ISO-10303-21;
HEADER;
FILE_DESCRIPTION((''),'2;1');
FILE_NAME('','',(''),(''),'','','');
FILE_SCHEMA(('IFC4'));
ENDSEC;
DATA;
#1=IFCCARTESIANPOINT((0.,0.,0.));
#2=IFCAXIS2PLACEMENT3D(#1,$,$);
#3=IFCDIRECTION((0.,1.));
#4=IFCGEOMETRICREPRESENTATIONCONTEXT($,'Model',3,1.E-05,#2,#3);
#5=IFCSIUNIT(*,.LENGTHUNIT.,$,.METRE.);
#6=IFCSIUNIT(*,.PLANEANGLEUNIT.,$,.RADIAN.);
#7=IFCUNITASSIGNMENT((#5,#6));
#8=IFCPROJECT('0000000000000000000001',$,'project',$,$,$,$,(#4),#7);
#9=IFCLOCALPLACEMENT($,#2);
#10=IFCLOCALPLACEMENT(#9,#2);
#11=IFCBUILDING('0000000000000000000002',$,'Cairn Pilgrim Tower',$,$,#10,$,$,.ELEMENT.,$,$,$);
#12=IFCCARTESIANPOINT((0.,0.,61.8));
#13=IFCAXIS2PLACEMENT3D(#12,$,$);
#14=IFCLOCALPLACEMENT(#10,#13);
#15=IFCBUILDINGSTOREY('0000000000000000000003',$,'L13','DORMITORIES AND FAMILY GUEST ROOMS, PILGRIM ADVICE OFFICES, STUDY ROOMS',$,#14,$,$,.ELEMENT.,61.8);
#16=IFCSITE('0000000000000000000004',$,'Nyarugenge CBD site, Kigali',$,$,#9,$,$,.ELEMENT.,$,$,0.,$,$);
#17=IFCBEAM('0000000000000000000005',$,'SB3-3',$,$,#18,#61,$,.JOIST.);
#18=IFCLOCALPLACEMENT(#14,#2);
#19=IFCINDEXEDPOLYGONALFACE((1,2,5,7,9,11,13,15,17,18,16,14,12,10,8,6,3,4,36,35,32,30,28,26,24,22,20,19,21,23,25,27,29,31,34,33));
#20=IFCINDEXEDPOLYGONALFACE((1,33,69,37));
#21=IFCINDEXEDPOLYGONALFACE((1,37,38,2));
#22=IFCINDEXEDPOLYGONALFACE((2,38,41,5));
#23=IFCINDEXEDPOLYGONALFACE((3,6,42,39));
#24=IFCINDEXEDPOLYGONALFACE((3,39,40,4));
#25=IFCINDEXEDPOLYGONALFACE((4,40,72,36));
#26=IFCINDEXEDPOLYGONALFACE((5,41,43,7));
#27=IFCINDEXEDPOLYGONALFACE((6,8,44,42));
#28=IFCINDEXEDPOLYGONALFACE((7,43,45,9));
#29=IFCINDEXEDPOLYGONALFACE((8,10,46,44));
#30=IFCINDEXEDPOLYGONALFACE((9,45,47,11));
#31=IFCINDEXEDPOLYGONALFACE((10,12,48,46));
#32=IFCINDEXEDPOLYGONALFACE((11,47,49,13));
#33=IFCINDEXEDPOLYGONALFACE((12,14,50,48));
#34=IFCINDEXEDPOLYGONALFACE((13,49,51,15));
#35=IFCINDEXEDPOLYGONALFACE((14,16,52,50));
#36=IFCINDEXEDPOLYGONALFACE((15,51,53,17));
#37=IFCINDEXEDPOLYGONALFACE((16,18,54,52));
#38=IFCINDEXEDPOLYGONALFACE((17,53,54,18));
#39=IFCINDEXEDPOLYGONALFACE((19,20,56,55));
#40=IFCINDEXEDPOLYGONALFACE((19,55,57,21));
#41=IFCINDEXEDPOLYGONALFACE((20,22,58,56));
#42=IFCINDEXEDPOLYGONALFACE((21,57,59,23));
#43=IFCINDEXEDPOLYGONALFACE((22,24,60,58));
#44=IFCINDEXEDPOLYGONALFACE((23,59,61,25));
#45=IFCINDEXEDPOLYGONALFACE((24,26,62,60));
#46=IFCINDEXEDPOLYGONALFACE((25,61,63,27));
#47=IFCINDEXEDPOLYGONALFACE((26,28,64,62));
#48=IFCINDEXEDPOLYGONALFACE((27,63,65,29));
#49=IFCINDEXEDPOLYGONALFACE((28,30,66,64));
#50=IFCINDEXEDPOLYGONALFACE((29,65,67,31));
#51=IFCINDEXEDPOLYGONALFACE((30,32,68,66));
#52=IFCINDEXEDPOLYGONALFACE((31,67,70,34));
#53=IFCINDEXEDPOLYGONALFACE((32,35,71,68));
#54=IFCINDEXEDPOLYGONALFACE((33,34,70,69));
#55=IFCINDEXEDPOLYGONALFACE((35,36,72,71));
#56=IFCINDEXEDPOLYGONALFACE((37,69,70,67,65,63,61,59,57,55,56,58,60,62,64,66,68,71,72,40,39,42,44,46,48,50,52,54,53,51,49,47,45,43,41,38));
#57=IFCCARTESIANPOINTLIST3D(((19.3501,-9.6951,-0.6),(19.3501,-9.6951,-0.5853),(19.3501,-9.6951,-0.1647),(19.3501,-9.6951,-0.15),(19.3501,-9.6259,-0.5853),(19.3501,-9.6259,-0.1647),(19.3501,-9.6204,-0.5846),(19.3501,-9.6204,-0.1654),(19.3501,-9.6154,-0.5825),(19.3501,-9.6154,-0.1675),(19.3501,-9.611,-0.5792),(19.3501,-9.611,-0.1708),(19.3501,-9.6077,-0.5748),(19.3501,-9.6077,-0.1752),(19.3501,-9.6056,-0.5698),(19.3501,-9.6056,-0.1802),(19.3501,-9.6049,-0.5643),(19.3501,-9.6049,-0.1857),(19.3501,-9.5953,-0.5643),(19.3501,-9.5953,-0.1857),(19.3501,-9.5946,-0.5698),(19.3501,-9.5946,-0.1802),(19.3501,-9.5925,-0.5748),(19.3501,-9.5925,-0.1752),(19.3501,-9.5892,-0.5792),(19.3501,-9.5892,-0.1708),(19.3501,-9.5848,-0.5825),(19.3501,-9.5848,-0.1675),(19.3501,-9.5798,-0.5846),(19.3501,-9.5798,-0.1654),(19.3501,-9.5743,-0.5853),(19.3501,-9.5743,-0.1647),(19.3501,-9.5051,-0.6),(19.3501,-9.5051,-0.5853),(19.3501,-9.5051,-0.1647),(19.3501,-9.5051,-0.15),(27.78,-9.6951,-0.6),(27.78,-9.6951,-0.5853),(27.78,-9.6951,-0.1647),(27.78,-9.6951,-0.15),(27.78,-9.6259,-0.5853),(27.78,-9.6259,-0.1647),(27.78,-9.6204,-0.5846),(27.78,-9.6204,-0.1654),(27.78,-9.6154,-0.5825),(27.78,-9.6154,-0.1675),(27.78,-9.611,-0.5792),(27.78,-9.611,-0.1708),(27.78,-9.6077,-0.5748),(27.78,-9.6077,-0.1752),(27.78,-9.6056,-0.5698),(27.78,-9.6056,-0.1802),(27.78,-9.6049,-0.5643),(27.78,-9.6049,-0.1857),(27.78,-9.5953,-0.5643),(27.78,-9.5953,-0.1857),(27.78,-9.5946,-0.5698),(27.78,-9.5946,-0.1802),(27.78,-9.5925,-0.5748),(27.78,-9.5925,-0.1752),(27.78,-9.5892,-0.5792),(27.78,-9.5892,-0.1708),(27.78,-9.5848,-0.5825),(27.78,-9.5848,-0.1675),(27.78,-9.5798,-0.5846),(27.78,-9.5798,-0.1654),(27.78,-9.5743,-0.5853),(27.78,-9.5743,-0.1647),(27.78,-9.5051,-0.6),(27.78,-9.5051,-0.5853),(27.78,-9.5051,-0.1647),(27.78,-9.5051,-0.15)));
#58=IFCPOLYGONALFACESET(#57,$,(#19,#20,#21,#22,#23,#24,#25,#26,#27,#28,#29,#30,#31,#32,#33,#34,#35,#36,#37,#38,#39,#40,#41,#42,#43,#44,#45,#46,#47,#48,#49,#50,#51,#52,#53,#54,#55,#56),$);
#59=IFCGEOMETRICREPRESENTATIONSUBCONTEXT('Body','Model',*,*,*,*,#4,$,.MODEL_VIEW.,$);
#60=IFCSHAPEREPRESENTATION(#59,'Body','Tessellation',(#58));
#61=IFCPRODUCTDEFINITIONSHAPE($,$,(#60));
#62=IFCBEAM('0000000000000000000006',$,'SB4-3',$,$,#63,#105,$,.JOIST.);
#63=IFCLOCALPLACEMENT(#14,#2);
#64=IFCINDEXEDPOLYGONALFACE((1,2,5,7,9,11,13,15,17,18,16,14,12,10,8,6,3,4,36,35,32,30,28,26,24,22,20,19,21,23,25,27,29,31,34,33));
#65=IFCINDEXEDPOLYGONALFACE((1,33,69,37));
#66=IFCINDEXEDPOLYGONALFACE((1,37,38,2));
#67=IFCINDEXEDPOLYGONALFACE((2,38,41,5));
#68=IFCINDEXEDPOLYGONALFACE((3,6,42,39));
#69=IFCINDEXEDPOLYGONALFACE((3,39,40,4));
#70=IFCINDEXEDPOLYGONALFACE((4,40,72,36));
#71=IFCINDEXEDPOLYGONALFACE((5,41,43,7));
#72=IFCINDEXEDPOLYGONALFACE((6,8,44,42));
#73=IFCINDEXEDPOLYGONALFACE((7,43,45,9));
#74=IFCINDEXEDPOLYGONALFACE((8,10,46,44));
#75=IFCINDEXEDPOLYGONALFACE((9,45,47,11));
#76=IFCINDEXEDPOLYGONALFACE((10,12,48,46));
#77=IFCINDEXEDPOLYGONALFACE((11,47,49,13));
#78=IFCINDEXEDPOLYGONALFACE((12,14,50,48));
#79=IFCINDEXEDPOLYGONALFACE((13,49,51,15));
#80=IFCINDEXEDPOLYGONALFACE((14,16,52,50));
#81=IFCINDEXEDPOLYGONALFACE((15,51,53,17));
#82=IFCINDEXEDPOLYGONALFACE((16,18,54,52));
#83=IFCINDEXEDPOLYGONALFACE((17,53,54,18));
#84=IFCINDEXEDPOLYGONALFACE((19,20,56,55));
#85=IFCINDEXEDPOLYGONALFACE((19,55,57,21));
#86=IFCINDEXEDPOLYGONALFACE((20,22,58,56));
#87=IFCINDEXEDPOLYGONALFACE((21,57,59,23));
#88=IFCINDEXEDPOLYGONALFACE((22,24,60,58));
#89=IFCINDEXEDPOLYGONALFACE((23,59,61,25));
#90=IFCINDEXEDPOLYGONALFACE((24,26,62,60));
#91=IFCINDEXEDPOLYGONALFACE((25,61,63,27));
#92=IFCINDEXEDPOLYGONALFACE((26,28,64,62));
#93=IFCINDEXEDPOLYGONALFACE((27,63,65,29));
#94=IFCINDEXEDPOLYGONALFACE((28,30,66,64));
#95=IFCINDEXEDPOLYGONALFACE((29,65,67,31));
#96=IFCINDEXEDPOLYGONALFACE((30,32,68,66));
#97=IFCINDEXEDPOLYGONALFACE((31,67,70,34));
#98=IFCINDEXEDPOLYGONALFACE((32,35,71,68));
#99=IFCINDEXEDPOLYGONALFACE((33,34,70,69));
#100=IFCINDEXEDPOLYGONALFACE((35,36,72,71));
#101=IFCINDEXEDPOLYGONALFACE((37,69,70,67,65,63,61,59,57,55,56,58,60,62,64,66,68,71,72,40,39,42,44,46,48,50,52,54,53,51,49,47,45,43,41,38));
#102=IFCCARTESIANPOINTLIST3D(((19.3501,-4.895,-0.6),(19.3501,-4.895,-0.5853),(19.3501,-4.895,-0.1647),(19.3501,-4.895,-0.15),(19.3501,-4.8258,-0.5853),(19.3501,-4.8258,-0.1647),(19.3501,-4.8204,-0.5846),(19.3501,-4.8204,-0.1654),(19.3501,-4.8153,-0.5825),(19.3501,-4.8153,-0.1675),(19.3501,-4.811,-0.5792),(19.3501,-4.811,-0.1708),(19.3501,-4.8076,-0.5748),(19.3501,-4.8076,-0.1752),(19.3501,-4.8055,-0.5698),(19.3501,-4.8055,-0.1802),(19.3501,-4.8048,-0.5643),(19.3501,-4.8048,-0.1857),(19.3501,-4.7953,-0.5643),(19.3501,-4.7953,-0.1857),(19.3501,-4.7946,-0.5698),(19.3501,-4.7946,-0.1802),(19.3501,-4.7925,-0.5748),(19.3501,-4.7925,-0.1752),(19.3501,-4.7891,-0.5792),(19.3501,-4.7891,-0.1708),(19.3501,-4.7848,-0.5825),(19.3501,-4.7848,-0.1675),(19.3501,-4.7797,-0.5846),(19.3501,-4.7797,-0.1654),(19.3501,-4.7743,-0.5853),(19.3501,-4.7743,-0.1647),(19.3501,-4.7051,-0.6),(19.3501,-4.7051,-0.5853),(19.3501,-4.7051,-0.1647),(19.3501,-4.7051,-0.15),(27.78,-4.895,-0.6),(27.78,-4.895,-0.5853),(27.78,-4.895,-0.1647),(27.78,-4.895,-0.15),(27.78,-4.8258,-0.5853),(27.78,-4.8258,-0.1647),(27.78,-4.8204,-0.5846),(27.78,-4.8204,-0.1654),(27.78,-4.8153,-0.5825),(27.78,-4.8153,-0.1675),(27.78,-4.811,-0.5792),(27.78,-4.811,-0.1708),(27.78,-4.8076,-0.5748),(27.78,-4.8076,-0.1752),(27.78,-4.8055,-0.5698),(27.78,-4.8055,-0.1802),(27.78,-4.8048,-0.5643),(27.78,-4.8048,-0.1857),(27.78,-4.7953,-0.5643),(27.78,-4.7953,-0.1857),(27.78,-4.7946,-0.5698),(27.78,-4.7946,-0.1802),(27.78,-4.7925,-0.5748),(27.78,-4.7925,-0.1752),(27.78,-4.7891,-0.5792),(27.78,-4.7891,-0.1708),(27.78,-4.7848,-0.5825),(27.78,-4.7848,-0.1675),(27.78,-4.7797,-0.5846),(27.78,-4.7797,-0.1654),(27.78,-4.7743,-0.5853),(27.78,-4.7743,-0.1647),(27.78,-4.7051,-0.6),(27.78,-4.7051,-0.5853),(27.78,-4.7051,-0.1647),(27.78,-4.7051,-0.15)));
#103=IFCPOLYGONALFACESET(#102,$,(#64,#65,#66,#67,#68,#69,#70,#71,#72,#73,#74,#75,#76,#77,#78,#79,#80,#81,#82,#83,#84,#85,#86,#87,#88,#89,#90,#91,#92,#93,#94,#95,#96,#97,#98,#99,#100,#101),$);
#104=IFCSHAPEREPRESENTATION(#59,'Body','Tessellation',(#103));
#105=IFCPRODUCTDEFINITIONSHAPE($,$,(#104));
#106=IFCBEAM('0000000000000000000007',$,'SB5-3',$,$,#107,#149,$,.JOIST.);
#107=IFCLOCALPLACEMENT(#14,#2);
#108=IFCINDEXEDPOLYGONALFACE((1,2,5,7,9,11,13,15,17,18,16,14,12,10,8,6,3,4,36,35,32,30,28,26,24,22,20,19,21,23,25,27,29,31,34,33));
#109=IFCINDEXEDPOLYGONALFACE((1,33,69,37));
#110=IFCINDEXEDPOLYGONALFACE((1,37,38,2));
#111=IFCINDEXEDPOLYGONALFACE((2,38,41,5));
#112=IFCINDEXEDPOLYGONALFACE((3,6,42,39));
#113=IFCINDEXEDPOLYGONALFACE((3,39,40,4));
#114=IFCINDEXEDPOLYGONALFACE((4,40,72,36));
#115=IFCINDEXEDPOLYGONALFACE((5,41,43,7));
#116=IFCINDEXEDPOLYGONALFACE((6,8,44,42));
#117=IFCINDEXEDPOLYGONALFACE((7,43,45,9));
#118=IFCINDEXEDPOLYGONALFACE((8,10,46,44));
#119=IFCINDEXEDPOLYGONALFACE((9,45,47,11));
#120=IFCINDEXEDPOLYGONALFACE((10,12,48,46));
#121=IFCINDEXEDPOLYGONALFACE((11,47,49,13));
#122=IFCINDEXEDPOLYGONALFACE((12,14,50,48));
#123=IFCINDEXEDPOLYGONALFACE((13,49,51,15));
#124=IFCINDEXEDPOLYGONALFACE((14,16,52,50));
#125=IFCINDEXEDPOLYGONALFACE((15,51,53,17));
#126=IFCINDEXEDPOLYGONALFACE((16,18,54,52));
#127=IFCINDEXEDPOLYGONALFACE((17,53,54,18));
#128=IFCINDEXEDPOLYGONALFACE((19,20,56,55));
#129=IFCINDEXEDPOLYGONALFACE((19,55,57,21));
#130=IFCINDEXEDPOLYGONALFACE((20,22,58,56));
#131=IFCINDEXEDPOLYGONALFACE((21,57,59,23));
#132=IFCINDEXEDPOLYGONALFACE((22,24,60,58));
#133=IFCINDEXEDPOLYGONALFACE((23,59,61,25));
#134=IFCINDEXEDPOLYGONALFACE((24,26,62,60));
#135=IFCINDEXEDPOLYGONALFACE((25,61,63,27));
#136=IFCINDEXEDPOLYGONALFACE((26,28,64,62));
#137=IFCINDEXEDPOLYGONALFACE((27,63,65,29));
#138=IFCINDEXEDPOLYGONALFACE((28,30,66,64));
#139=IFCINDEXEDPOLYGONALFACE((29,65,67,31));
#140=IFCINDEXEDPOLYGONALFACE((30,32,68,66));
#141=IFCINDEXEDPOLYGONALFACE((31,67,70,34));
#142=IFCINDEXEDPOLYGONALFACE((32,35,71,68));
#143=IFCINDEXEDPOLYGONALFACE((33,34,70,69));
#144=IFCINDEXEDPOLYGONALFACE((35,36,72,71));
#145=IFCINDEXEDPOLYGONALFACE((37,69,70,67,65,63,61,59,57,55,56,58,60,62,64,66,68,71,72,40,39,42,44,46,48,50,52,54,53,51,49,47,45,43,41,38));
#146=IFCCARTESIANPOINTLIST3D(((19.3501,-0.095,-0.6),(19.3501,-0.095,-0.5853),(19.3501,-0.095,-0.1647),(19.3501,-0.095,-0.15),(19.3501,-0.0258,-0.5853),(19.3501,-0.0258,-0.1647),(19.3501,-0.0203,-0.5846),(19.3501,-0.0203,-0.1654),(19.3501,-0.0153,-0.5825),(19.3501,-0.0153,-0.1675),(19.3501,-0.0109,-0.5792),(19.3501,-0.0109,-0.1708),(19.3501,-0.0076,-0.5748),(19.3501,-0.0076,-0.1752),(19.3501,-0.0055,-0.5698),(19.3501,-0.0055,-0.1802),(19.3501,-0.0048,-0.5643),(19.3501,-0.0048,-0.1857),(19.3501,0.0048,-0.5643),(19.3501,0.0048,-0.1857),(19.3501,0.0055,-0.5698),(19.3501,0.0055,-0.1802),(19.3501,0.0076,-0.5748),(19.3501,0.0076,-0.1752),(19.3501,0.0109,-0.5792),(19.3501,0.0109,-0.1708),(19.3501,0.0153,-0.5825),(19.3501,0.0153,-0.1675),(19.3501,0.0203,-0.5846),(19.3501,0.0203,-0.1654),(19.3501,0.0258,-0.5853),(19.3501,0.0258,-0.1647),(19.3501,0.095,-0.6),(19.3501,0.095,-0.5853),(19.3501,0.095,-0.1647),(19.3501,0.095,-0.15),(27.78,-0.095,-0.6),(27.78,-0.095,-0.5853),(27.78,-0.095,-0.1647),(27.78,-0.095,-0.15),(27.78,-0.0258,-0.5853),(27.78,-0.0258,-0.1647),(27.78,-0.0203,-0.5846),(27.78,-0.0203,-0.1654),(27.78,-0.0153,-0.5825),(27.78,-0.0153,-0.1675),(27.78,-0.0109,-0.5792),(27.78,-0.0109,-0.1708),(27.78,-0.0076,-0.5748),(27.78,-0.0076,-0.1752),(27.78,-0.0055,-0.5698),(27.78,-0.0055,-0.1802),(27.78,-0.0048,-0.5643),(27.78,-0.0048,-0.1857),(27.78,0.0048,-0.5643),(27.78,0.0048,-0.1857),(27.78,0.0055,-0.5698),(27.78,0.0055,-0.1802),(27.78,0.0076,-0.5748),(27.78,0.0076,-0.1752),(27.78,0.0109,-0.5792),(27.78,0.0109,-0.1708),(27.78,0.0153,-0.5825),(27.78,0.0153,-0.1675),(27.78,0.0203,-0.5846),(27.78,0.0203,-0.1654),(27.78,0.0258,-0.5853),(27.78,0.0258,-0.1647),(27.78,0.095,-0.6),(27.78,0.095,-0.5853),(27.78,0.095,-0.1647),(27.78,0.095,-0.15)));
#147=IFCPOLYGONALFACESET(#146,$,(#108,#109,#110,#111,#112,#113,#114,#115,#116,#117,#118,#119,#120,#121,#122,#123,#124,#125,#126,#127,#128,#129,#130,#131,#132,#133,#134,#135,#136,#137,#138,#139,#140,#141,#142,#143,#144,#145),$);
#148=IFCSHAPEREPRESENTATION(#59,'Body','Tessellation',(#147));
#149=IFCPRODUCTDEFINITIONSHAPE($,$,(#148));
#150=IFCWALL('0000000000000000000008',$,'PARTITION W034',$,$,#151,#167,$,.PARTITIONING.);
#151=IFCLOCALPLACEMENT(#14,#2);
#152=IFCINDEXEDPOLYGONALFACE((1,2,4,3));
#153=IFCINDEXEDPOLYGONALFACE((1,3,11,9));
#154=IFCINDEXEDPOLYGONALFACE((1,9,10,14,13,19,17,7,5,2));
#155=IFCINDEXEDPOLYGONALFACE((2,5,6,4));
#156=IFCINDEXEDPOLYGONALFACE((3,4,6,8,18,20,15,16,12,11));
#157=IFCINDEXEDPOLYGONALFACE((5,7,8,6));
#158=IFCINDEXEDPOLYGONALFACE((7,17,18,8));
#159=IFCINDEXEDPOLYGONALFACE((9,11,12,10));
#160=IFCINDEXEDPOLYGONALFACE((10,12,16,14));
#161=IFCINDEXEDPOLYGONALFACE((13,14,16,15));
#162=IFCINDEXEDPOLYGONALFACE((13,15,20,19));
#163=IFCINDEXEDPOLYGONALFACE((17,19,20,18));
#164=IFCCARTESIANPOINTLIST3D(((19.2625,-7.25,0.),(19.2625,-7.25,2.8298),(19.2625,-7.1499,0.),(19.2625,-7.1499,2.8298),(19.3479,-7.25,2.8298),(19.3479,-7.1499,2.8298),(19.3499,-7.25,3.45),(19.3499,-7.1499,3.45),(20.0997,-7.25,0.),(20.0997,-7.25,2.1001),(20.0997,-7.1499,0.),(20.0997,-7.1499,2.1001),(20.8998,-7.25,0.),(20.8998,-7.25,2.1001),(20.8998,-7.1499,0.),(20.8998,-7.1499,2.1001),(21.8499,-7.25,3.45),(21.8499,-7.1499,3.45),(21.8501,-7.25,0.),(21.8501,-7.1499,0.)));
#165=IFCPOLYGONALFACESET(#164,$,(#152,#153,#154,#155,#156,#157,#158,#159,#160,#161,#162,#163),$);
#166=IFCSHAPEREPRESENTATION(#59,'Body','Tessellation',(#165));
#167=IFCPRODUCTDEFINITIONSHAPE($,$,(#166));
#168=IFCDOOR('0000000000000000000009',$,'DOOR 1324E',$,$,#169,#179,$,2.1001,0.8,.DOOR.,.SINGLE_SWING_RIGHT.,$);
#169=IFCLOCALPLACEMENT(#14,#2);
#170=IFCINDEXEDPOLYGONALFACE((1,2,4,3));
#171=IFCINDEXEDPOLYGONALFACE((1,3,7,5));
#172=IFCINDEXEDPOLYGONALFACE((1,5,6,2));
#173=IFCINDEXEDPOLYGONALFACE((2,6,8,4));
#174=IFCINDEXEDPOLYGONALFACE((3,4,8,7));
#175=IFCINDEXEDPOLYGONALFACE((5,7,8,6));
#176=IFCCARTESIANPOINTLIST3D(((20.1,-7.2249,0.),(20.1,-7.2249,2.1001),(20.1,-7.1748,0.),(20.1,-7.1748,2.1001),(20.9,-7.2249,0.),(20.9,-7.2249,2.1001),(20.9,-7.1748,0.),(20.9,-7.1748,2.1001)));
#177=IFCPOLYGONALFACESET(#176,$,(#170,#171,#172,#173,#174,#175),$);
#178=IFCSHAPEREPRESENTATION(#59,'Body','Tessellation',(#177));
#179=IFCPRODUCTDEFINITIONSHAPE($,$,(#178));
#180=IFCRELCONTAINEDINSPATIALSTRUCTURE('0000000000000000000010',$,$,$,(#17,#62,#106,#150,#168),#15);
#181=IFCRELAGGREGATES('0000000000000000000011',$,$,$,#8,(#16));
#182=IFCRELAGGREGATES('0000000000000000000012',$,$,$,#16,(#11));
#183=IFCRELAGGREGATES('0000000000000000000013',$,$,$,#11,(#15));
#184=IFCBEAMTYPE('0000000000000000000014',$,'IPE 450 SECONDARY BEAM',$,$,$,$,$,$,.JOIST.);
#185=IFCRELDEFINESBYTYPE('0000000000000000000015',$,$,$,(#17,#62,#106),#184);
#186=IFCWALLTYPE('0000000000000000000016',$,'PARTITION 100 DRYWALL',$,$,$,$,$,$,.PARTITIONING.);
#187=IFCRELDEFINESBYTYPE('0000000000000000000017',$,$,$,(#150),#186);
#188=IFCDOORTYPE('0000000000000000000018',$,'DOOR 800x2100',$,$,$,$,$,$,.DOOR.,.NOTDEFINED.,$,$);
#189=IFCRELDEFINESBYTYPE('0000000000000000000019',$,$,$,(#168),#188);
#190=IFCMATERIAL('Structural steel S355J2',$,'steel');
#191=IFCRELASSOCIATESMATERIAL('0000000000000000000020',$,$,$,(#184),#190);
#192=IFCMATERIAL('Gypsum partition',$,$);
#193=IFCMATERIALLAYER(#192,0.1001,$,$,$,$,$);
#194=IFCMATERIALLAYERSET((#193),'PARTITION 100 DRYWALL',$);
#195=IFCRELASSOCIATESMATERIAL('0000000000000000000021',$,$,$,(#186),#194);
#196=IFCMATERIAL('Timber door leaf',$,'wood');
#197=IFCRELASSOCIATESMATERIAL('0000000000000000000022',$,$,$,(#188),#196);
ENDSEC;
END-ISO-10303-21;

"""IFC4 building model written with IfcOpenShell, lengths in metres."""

from ifc_helpers import new_model, si_unit, direction, frame, frame_2d, origin, origin_2d, place, context, subcontext, project, spatial, polyline, rectangle, i_section, outline, extrude, material, layer, layer_set, material_profile, profile_set, type_object, element, fill, save


model = new_model("IFC4")

# Units and contexts
model_context = context("Model", 3, precision=1e-05, world=origin(), true_north=direction((0.0, 1.0)))
body_context = subcontext(model_context, "Body", "Model", "MODEL_VIEW")
ifc_project = project(units=[si_unit("LENGTHUNIT", "METRE"), si_unit("PLANEANGLEUNIT", "RADIAN")], contexts=[model_context])

# Site, building, storey
site_placement = place(None, origin())
site = spatial("IfcSite", under=ifc_project, at=site_placement, Name="Nyarugenge CBD site, Kigali", CompositionType="ELEMENT", RefElevation=0.0)
building_placement = place(site_placement, origin())
building = spatial("IfcBuilding", under=site, at=building_placement, Name="Cairn Pilgrim Tower", CompositionType="ELEMENT")
storey_placement = place(building_placement, frame((0.0, 0.0, 61.8)))
storey = spatial("IfcBuildingStorey", under=building, at=storey_placement, Name="L13", Description="DORMITORIES AND FAMILY GUEST ROOMS, PILGRIM ADVICE OFFICES, STUDY ROOMS", CompositionType="ELEMENT", Elevation=61.8)

# Beams
ifc_material_1 = material(Name="Structural steel S355J2", Category="steel")
ifc_material_profile_1 = material_profile(ifc_material_1, i_section(OverallWidth=0.1899, OverallDepth=0.45, WebThickness=0.0095, FlangeThickness=0.0146, FilletRadius=0.021, at=origin_2d()), Name="IPE 450")
ifc_profile_set_1 = profile_set([ifc_material_profile_1], Name="Structural steel S355J2")
beam_type_1 = type_object("IfcBeamType", Name="IPE 450 SECONDARY BEAM", PredefinedType="JOIST", material=ifc_profile_set_1)
for number, where, z_axis, x_axis, name in (
    (1, (19.3501, -9.6001, -0.375), (1.0, 0.0, 0.0), (0.0, 1.0, 0.0), "SB3-3"),
    (2, (19.3501, -4.8, -0.375), (1.0, 0.0, 0.0), (0.0, 1.0, 0.0), "SB4-3"),
    (3, (19.3501, 0.0, -0.375), (1.0, 0.0, 0.0), (0.0, 1.0, 0.0), "SB5-3"),
):
    element("IfcBeam", number, at=place(storey_placement, frame(where, z_axis=z_axis, x_axis=x_axis)), inside=storey, type_object=beam_type_1, Name=name, PredefinedType="JOIST", context=body_context, shape_type="SweptSolid", body=[
        extrude(i_section(OverallWidth=0.1899, OverallDepth=0.45, WebThickness=0.0095, FlangeThickness=0.0146, FilletRadius=0.021, at=origin_2d()), origin(), (0.0, 0.0, 1.0), 8.4299),
    ])

# Wall, opening, door
ifc_material_2 = material(Name="Gypsum partition")
ifc_layer_1 = layer(ifc_material_2, 0.1001)
ifc_layer_set_1 = layer_set([ifc_layer_1], Name="PARTITION 100 DRYWALL")
wall_type_1 = type_object("IfcWallType", Name="PARTITION 100 DRYWALL", PredefinedType="PARTITIONING", material=ifc_layer_set_1)
wall_1_placement = place(storey_placement, frame((19.2625, -7.2, 0.0), z_axis=(0.0, 0.0, 1.0), x_axis=(1.0, 0.0, 0.0)))
wall_1 = element("IfcWall", 4, at=wall_1_placement, inside=storey, type_object=wall_type_1, Name="PARTITION W034", PredefinedType="PARTITIONING", context=body_context, shape_type="SweptSolid", body=[
    extrude(outline(polyline([(0.0, 0.0), (2.5876, 0.0), (2.5874, 3.45), (0.0874, 3.45), (0.0854, 2.8298), (0.0, 2.8298), (0.0, 0.0)])), frame((0.0, 0.05, 0.0), z_axis=(0.0, -1.0, 0.0), x_axis=(1.0, 0.0, 0.0)), (0.0, 0.0, 1.0), 0.1001),
])
opening_1_placement = place(wall_1_placement, frame((0.8374, 0.0, 0.0)))
opening_1 = element("IfcOpeningElement", 5, at=opening_1_placement, cuts=wall_1, PredefinedType="OPENING", context=body_context, shape_type="SweptSolid", body=[
    extrude(rectangle(XDim=0.8, YDim=2.1001, at=frame_2d((0.3999, 1.05))), frame((0.0, 0.0601, 0.0), z_axis=(0.0, -1.0, 0.0), x_axis=(1.0, 0.0, 0.0)), (0.0, 0.0, 1.0), 0.1201),
])
ifc_material_3 = material(Name="Timber door leaf", Category="wood")
door_type_1 = type_object("IfcDoorType", Name="DOOR 800x2100", OperationType="NOTDEFINED", PredefinedType="DOOR", material=ifc_material_3)
door_1_placement = place(opening_1_placement, frame((0.8, 0.0, 0.0), z_axis=(0.0, 0.0, 1.0), x_axis=(-1.0, 0.0, 0.0)))
door_1 = element("IfcDoor", 6, at=door_1_placement, inside=storey, type_object=door_type_1, Name="DOOR 1324E", OperationType="SINGLE_SWING_RIGHT", OverallHeight=2.1001, OverallWidth=0.8, PredefinedType="DOOR", context=body_context, shape_type="SweptSolid", body=[
    extrude(rectangle(XDim=0.8, YDim=2.1001, at=frame_2d((0.3999, 1.05))), frame((0.0, 0.0249, 0.0), z_axis=(0.0, -1.0, 0.0), x_axis=(1.0, 0.0, 0.0)), (0.0, 0.0, 1.0), 0.05),
])
fill(opening_1, door_1)

save(model, "model.ifc")
